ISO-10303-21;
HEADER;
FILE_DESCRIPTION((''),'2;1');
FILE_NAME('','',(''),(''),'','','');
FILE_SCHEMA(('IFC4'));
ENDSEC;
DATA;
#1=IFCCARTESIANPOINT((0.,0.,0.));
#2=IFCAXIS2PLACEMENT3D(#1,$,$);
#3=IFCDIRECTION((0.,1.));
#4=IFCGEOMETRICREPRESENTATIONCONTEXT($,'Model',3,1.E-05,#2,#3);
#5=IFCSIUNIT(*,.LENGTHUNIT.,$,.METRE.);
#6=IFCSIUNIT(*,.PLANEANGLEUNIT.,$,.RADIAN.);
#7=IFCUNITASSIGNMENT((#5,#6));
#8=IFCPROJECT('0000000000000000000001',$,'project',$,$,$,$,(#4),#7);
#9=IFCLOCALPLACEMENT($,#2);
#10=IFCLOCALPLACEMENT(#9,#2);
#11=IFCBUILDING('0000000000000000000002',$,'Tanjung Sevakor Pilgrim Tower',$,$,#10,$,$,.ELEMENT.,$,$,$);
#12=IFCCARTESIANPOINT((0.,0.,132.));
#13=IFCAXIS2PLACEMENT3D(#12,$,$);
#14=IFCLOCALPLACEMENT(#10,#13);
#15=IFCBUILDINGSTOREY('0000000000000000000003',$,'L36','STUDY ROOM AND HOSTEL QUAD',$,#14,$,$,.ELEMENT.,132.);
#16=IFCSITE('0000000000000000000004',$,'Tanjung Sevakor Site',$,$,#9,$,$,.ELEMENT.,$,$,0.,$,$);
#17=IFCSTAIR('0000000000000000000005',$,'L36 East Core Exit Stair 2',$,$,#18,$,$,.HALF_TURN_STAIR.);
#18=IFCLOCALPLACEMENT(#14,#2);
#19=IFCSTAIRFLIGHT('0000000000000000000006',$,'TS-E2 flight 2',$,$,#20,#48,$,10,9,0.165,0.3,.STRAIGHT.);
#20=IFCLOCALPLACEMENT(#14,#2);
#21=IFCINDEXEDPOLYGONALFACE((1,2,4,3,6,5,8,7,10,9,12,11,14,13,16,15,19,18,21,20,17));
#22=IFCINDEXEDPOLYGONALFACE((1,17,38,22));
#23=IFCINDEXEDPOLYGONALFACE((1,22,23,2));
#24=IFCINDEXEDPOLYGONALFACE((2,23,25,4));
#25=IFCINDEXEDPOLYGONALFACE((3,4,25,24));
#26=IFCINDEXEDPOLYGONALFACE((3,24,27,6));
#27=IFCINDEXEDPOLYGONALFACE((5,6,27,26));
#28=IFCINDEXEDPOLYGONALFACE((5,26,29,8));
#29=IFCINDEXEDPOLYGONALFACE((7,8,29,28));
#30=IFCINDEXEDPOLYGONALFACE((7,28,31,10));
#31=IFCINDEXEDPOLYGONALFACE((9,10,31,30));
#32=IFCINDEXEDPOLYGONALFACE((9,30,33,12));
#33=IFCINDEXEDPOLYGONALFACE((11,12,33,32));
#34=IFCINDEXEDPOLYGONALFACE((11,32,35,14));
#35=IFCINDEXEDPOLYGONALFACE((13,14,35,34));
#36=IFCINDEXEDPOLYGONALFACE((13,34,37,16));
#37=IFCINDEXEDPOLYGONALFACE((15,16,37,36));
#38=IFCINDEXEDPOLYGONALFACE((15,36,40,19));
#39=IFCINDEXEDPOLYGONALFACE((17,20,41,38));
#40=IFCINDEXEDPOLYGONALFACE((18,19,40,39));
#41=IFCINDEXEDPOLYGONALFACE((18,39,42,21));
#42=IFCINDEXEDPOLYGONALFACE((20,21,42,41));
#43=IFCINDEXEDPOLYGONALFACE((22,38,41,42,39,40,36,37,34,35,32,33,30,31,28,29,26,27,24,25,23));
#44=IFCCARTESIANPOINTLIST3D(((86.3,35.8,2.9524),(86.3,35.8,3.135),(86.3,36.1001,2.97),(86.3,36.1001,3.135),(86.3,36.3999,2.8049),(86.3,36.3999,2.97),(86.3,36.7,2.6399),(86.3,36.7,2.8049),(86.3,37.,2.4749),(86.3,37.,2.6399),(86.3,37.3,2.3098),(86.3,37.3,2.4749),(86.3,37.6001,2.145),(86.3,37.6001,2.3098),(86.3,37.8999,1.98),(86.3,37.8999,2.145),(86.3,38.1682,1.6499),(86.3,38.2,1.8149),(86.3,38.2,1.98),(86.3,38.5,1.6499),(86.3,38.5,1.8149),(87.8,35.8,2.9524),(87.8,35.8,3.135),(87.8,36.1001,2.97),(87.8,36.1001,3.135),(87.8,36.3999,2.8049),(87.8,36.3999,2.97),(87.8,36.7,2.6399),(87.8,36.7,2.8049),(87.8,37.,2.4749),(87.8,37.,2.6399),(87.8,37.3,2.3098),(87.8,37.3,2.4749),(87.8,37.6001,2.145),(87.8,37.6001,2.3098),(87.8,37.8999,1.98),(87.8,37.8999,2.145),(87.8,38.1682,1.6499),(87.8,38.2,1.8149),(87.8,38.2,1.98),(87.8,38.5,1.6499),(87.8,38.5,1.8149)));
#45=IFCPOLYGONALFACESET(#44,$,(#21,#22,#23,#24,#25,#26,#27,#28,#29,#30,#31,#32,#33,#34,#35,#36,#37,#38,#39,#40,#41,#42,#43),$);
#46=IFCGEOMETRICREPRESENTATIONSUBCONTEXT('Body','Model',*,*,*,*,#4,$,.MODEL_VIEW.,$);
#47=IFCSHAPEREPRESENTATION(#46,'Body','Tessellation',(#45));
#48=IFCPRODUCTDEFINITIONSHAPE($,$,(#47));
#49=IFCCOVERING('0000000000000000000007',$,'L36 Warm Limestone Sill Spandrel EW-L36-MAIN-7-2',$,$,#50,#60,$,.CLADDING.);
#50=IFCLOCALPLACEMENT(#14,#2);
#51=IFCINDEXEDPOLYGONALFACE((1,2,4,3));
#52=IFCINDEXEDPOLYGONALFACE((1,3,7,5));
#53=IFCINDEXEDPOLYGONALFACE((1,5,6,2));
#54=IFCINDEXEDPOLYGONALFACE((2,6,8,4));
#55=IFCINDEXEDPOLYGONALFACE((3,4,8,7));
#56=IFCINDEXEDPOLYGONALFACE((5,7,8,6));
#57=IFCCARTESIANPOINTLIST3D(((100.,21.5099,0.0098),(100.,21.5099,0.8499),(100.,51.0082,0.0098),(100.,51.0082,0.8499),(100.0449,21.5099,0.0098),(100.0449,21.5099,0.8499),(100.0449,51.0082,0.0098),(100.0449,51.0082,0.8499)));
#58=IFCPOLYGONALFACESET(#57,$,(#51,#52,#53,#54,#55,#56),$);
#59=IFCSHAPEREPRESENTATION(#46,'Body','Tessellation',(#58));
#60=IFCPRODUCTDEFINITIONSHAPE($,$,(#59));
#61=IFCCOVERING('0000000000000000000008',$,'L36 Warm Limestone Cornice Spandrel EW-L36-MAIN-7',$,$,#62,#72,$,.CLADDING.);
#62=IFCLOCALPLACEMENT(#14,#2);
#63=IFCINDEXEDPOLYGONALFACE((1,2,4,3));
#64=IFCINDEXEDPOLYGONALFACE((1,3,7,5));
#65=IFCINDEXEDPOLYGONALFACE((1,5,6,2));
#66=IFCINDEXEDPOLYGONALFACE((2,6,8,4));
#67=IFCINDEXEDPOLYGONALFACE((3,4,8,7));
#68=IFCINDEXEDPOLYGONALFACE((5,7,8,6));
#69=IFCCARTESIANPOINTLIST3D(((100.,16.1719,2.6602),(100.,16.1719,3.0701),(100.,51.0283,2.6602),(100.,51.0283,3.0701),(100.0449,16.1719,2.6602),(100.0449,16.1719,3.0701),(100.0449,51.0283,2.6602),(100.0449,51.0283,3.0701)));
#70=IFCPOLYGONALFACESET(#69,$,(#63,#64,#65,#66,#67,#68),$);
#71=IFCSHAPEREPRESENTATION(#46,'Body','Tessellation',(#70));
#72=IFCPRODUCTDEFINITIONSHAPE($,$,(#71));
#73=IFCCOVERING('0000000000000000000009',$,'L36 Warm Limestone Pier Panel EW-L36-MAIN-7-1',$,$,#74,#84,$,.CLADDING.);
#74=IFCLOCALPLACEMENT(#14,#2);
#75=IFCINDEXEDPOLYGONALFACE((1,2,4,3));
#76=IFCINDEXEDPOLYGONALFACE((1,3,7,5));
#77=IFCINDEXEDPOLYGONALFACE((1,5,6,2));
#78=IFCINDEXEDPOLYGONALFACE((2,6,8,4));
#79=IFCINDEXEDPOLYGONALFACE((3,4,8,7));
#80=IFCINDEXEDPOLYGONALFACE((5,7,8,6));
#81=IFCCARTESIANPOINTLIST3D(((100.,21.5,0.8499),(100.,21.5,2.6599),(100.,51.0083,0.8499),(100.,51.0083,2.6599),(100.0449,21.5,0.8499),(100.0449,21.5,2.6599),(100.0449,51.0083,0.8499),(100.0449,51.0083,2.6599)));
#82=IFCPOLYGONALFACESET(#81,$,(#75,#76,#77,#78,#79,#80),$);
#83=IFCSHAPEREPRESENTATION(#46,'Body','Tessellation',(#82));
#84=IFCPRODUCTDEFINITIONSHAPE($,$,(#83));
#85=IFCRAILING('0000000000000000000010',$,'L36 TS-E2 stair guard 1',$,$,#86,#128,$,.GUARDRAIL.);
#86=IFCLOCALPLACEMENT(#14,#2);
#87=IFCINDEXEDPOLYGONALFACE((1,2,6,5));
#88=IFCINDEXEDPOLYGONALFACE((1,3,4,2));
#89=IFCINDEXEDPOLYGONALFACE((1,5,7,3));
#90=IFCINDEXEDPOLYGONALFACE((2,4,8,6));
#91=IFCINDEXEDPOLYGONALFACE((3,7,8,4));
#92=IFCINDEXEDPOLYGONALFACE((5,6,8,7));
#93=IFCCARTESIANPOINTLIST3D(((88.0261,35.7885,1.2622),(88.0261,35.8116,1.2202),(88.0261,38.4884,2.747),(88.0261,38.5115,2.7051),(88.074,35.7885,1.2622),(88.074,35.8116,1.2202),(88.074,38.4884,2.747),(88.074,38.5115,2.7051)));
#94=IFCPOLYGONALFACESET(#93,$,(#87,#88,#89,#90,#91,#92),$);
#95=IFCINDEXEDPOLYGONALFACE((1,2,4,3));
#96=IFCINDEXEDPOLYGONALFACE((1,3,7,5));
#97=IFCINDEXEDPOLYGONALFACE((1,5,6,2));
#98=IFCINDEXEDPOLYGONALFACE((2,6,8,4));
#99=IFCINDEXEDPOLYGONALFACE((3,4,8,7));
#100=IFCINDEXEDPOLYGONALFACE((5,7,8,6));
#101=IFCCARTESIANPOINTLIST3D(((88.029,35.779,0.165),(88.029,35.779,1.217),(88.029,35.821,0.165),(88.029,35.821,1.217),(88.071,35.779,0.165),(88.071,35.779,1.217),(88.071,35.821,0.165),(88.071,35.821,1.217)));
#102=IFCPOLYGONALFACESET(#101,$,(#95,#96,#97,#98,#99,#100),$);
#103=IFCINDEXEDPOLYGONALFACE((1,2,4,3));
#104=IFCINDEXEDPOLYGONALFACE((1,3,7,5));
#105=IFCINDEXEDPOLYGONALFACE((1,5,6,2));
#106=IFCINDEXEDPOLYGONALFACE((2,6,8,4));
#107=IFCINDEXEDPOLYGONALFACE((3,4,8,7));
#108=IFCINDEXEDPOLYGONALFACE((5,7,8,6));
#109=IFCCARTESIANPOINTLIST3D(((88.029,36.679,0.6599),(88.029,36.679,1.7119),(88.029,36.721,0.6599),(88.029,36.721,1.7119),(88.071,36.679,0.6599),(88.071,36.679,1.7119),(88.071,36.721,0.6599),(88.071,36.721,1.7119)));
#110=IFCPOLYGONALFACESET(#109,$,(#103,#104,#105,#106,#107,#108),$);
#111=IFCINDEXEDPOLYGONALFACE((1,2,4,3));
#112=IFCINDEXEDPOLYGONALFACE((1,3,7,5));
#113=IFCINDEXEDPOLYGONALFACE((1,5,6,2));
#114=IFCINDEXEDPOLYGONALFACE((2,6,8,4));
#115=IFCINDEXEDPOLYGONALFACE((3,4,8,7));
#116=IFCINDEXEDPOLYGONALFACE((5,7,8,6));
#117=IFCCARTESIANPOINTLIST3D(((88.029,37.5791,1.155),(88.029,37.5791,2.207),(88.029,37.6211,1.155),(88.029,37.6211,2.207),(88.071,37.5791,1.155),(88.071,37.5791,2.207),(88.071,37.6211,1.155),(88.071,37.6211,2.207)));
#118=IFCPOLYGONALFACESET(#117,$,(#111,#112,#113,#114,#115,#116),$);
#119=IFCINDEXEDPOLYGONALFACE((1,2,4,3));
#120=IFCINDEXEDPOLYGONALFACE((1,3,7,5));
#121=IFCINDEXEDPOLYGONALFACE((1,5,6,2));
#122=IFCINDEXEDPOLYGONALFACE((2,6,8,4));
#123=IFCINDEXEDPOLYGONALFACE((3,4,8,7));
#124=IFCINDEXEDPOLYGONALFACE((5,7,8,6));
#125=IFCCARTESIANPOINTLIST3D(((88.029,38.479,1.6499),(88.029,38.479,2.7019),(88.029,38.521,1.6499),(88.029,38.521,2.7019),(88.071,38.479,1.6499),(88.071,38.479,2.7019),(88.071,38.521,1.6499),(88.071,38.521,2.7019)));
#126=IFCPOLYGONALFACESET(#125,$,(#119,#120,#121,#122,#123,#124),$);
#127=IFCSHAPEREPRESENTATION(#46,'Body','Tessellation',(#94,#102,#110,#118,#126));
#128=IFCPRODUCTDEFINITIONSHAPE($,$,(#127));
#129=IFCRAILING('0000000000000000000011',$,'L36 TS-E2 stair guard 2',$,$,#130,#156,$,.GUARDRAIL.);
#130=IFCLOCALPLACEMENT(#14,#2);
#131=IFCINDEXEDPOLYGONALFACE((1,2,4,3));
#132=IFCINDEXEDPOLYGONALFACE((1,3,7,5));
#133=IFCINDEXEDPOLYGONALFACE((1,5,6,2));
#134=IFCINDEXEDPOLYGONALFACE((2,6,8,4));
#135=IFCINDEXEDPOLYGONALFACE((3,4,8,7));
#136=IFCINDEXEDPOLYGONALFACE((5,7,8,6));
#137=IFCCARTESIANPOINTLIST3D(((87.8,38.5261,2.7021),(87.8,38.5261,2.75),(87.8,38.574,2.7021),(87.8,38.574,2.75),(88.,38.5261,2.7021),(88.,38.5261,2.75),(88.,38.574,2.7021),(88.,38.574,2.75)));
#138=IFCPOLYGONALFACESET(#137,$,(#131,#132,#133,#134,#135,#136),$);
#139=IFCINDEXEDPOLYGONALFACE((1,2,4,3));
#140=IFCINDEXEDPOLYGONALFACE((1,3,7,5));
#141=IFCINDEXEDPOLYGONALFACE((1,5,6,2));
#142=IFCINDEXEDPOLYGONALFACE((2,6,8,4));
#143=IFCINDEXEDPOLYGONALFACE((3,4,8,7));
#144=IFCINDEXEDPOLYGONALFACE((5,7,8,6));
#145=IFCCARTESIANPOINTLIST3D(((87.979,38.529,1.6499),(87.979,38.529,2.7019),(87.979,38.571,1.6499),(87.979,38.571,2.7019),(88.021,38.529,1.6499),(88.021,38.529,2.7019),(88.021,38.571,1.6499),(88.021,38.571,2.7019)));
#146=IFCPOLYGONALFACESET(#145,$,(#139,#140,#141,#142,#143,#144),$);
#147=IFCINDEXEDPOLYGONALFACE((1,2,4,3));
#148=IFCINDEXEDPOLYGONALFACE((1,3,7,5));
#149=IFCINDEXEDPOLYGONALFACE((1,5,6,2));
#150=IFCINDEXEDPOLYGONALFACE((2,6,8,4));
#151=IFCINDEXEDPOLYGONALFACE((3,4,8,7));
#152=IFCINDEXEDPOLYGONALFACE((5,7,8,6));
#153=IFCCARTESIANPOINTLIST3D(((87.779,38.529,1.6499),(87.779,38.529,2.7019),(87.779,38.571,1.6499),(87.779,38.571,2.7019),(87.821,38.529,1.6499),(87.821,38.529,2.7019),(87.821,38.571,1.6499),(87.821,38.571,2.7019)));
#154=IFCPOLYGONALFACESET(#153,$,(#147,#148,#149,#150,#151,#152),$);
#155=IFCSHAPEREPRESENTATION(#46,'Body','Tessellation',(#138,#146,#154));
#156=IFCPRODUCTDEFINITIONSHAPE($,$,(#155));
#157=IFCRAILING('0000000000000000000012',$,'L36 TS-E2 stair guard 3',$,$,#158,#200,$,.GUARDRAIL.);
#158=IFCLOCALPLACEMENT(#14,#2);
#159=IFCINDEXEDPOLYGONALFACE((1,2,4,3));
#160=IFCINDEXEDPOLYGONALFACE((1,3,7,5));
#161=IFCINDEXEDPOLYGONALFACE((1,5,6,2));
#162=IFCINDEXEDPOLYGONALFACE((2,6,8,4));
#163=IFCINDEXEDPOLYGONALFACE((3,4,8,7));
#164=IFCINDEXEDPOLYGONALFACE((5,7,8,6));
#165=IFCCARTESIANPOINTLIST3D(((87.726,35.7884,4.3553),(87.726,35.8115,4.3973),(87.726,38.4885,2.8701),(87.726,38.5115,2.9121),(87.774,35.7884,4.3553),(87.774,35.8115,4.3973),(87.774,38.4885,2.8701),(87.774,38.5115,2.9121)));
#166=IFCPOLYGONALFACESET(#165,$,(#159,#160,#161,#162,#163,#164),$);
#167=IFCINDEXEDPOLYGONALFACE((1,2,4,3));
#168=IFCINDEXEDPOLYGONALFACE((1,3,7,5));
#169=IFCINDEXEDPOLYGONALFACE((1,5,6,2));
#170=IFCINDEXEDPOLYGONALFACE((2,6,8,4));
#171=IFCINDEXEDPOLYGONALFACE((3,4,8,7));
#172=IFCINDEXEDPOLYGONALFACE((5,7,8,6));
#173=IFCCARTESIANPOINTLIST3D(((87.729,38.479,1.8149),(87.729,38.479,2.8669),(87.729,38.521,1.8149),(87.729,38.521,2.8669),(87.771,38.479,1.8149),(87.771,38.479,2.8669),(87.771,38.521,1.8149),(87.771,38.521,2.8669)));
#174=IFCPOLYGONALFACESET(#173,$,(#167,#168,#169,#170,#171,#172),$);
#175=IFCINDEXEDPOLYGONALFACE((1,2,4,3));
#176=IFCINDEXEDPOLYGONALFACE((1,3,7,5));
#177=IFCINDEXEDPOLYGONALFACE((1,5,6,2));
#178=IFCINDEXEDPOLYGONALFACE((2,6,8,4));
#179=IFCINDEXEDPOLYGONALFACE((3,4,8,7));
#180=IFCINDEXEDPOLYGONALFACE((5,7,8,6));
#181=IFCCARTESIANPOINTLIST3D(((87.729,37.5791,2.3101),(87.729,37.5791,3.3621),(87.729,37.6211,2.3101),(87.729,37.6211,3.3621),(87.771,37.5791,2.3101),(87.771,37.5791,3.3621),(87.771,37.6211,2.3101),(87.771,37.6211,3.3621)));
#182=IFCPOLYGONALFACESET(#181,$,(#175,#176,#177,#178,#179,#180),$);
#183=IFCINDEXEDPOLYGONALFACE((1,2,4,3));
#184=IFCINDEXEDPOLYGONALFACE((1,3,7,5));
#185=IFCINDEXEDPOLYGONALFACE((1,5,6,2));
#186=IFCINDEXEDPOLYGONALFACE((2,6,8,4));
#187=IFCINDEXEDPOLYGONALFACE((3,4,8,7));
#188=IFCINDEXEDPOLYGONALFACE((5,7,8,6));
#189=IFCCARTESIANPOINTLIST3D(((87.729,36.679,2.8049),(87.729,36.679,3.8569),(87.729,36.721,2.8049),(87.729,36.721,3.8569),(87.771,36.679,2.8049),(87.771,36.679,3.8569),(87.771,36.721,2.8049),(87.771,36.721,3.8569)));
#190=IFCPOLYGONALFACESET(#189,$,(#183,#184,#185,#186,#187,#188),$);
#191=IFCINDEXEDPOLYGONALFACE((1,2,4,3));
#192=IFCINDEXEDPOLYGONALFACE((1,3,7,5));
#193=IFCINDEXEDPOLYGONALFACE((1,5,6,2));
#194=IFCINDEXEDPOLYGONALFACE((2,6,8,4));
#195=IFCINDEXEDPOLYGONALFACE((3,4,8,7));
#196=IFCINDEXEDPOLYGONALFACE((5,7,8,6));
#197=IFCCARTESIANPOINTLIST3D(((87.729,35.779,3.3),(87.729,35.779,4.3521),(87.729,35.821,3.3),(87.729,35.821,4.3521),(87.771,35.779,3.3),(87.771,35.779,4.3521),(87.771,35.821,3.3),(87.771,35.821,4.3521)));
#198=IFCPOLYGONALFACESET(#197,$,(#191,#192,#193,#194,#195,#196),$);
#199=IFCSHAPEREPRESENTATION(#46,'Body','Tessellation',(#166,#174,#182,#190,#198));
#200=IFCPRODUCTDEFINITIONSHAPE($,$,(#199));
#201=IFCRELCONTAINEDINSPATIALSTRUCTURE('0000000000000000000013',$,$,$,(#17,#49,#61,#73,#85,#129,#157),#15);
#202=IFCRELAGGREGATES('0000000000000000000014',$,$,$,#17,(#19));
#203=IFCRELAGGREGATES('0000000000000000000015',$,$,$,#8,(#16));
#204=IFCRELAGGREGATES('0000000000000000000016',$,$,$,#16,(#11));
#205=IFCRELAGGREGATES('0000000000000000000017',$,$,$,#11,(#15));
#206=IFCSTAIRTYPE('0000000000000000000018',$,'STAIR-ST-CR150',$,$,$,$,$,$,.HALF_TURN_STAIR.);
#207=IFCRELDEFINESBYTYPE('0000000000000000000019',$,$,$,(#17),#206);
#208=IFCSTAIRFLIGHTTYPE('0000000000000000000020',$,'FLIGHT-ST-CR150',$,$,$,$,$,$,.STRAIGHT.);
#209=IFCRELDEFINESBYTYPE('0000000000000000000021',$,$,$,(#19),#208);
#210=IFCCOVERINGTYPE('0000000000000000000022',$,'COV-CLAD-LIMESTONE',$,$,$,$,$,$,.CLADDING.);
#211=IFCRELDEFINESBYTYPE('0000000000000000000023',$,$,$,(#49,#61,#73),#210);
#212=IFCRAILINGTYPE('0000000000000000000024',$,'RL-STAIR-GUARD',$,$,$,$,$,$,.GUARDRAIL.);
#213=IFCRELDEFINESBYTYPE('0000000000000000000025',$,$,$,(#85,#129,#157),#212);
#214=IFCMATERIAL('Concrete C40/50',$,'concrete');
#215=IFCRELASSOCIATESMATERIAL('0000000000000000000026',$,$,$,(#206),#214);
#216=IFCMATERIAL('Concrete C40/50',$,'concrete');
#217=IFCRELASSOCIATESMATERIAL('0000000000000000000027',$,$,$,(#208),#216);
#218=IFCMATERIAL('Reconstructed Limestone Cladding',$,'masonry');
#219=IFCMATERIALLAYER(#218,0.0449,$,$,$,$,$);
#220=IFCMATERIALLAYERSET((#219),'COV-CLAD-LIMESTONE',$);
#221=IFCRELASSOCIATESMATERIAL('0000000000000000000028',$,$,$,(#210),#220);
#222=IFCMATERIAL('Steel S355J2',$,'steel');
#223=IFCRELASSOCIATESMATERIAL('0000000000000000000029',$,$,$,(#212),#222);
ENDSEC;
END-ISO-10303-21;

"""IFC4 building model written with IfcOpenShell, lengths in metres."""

from ifc_helpers import new_model, si_unit, direction, frame, origin, origin_2d, place, context, subcontext, project, spatial, polyline, rectangle, outline, extrude, material, layer, layer_set, type_object, element, aggregate, save


model = new_model("IFC4")

# Units and contexts
model_context = context("Model", 3, precision=1e-05, world=origin(), true_north=direction((0.0, 1.0)))
body_context = subcontext(model_context, "Body", "Model", "MODEL_VIEW")
ifc_project = project(units=[si_unit("LENGTHUNIT", "METRE"), si_unit("PLANEANGLEUNIT", "RADIAN")], contexts=[model_context])

# Site, building, storey
site_placement = place(None, origin())
site = spatial("IfcSite", under=ifc_project, at=site_placement, Name="Tanjung Sevakor Site", CompositionType="ELEMENT", RefElevation=0.0)
building_placement = place(site_placement, origin())
building = spatial("IfcBuilding", under=site, at=building_placement, Name="Tanjung Sevakor Pilgrim Tower", CompositionType="ELEMENT")
storey_placement = place(building_placement, frame((0.0, 0.0, 132.0)))
storey = spatial("IfcBuildingStorey", under=building, at=storey_placement, Name="L36", Description="STUDY ROOM AND HOSTEL QUAD", CompositionType="ELEMENT", Elevation=132.0)

# Stair, stair flight
ifc_material_1 = material(Name="Concrete C40/50", Category="concrete")
stair_type = type_object("IfcStairType", Name="STAIR-ST-CR150", PredefinedType="HALF_TURN_STAIR", material=ifc_material_1)
stair_placement = place(storey_placement, origin())
stair = element("IfcStair", 1, at=stair_placement, inside=storey, type_object=stair_type, Name="L36 East Core Exit Stair 2", PredefinedType="HALF_TURN_STAIR")
ifc_material_2 = material(Name="Concrete C40/50", Category="concrete")
stair_flight_type = type_object("IfcStairFlightType", Name="FLIGHT-ST-CR150", PredefinedType="STRAIGHT", material=ifc_material_2)
stair_flight_1_placement = place(storey_placement, frame((87.05, 38.5, 1.6499), z_axis=(0.0, 0.0, 1.0), x_axis=(0.0, -1.0, 0.0)))
stair_flight_1 = element("IfcStairFlight", 2, at=stair_flight_1_placement, type_object=stair_flight_type, Name="TS-E2 flight 2", NumberOfRisers=10, NumberOfTreads=9, PredefinedType="STRAIGHT", RiserHeight=0.165, TreadLength=0.3, context=body_context, shape_type="SweptSolid", body=[
    extrude(outline(polyline([(0.0, 0.0), (0.0, 0.165), (0.3, 0.165), (0.3, 0.3301), (0.6001, 0.3301), (0.6001, 0.4951), (0.8999, 0.4951), (0.8999, 0.6599), (1.2, 0.6599), (1.2, 0.825), (1.5, 0.825), (1.5, 0.99), (1.8, 0.99), (1.8, 1.155), (2.1001, 1.155), (2.1001, 1.3201), (2.3999, 1.3201), (2.3999, 1.4851), (2.7, 1.4851), (2.7, 1.6499), (2.7, 1.3025), (0.3318, 0.0), (0.0, 0.0)])), frame((0.0, 0.75, 0.0), z_axis=(0.0, -1.0, 0.0), x_axis=(1.0, 0.0, 0.0)), (0.0, 0.0, 1.0), 1.5),
])
aggregate(stair, [stair_flight_1])

# Coverings
ifc_material_3 = material(Name="Reconstructed Limestone Cladding", Category="masonry")
ifc_layer_1 = layer(ifc_material_3, 0.0449)
ifc_layer_set_1 = layer_set([ifc_layer_1], Name="COV-CLAD-LIMESTONE")
covering_type = type_object("IfcCoveringType", Name="COV-CLAD-LIMESTONE", PredefinedType="CLADDING", material=ifc_layer_set_1)
covering_1_placement = place(storey_placement, frame((100.0225, 36.259, 0.0098), z_axis=(0.0, 0.0, 1.0), x_axis=(0.0, 1.0, 0.0)))
element("IfcCovering", 3, at=covering_1_placement, inside=storey, type_object=covering_type, Name="L36 Warm Limestone Sill Spandrel EW-L36-MAIN-7-2", PredefinedType="CLADDING", context=body_context, shape_type="SweptSolid", body=[
    extrude(rectangle(XDim=29.4983, YDim=0.0449, at=origin_2d()), origin(), (0.0, 0.0, 1.0), 0.8401),
])
covering_2_placement = place(storey_placement, frame((100.0225, 33.6001, 2.6602), z_axis=(0.0, 0.0, 1.0), x_axis=(0.0, 1.0, 0.0)))
element("IfcCovering", 4, at=covering_2_placement, inside=storey, type_object=covering_type, Name="L36 Warm Limestone Cornice Spandrel EW-L36-MAIN-7", PredefinedType="CLADDING", context=body_context, shape_type="SweptSolid", body=[
    extrude(rectangle(XDim=34.8564, YDim=0.0449, at=origin_2d()), origin(), (0.0, 0.0, 1.0), 0.4099),
])
covering_3_placement = place(storey_placement, frame((100.0225, 36.2542, 0.8499), z_axis=(0.0, 0.0, 1.0), x_axis=(0.0, 1.0, 0.0)))
element("IfcCovering", 5, at=covering_3_placement, inside=storey, type_object=covering_type, Name="L36 Warm Limestone Pier Panel EW-L36-MAIN-7-1", PredefinedType="CLADDING", context=body_context, shape_type="SweptSolid", body=[
    extrude(rectangle(XDim=29.5083, YDim=0.0449, at=origin_2d()), origin(), (0.0, 0.0, 1.0), 1.8101),
])

# Railings
ifc_material_4 = material(Name="Steel S355J2", Category="steel")
railing_type_1 = type_object("IfcRailingType", Name="RL-STAIR-GUARD", PredefinedType="GUARDRAIL", material=ifc_material_4)
railing_1_placement = place(storey_placement, frame((88.05, 35.8, 0.165)))
element("IfcRailing", 6, at=railing_1_placement, inside=storey, type_object=railing_type_1, Name="L36 TS-E2 stair guard 1", PredefinedType="GUARDRAIL", context=body_context, shape_type="SweptSolid", body=[
    extrude(rectangle(XDim=0.0479, YDim=0.0479), frame((0.0, 0.0, 1.0762), z_axis=(0.0, 0.876231, 0.481891), x_axis=(-1.0, 0.0, 0.0)), (0.0, 0.0, 1.0), 3.0813),
    extrude(rectangle(XDim=0.042, YDim=0.042), origin(), (0.0, 0.0, 1.0), 1.052),
    extrude(rectangle(XDim=0.042, YDim=0.042), frame((0.0, 0.8999, 0.4949)), (0.0, 0.0, 1.0), 1.052),
    extrude(rectangle(XDim=0.042, YDim=0.042), frame((0.0, 1.8, 0.99)), (0.0, 0.0, 1.0), 1.052),
    extrude(rectangle(XDim=0.042, YDim=0.042), frame((0.0, 2.7, 1.4849)), (0.0, 0.0, 1.0), 1.052),
])
railing_2_placement = place(storey_placement, frame((88.0, 38.55, 1.6499)))
element("IfcRailing", 7, at=railing_2_placement, inside=storey, type_object=railing_type_1, Name="L36 TS-E2 stair guard 2", PredefinedType="GUARDRAIL", context=body_context, shape_type="SweptSolid", body=[
    extrude(rectangle(XDim=0.0479, YDim=0.0479), frame((0.0, 0.0, 1.0762), z_axis=(-1.0, 0.0, 0.0), x_axis=(0.0, -1.0, 0.0)), (0.0, 0.0, 1.0), 0.2),
    extrude(rectangle(XDim=0.042, YDim=0.042), origin(), (0.0, 0.0, 1.0), 1.052),
    extrude(rectangle(XDim=0.042, YDim=0.042), frame((-0.2, 0.0, 0.0)), (0.0, 0.0, 1.0), 1.052),
])
railing_3_placement = place(storey_placement, frame((87.75, 38.5, 1.8149)))
element("IfcRailing", 8, at=railing_3_placement, inside=storey, type_object=railing_type_1, Name="L36 TS-E2 stair guard 3", PredefinedType="GUARDRAIL", context=body_context, shape_type="SweptSolid", body=[
    extrude(rectangle(XDim=0.0479, YDim=0.0479), frame((0.0, 0.0, 1.0762), z_axis=(0.0, -0.876198, 0.481952), x_axis=(1.0, 0.0, 0.0)), (0.0, 0.0, 1.0), 3.0815),
    extrude(rectangle(XDim=0.042, YDim=0.042), origin(), (0.0, 0.0, 1.0), 1.052),
    extrude(rectangle(XDim=0.042, YDim=0.042), frame((0.0, -0.8999, 0.4951)), (0.0, 0.0, 1.0), 1.052),
    extrude(rectangle(XDim=0.042, YDim=0.042), frame((0.0, -1.8, 0.99)), (0.0, 0.0, 1.0), 1.052),
    extrude(rectangle(XDim=0.042, YDim=0.042), frame((0.0, -2.7, 1.4851)), (0.0, 0.0, 1.0), 1.052),
])

save(model, "model.ifc")
